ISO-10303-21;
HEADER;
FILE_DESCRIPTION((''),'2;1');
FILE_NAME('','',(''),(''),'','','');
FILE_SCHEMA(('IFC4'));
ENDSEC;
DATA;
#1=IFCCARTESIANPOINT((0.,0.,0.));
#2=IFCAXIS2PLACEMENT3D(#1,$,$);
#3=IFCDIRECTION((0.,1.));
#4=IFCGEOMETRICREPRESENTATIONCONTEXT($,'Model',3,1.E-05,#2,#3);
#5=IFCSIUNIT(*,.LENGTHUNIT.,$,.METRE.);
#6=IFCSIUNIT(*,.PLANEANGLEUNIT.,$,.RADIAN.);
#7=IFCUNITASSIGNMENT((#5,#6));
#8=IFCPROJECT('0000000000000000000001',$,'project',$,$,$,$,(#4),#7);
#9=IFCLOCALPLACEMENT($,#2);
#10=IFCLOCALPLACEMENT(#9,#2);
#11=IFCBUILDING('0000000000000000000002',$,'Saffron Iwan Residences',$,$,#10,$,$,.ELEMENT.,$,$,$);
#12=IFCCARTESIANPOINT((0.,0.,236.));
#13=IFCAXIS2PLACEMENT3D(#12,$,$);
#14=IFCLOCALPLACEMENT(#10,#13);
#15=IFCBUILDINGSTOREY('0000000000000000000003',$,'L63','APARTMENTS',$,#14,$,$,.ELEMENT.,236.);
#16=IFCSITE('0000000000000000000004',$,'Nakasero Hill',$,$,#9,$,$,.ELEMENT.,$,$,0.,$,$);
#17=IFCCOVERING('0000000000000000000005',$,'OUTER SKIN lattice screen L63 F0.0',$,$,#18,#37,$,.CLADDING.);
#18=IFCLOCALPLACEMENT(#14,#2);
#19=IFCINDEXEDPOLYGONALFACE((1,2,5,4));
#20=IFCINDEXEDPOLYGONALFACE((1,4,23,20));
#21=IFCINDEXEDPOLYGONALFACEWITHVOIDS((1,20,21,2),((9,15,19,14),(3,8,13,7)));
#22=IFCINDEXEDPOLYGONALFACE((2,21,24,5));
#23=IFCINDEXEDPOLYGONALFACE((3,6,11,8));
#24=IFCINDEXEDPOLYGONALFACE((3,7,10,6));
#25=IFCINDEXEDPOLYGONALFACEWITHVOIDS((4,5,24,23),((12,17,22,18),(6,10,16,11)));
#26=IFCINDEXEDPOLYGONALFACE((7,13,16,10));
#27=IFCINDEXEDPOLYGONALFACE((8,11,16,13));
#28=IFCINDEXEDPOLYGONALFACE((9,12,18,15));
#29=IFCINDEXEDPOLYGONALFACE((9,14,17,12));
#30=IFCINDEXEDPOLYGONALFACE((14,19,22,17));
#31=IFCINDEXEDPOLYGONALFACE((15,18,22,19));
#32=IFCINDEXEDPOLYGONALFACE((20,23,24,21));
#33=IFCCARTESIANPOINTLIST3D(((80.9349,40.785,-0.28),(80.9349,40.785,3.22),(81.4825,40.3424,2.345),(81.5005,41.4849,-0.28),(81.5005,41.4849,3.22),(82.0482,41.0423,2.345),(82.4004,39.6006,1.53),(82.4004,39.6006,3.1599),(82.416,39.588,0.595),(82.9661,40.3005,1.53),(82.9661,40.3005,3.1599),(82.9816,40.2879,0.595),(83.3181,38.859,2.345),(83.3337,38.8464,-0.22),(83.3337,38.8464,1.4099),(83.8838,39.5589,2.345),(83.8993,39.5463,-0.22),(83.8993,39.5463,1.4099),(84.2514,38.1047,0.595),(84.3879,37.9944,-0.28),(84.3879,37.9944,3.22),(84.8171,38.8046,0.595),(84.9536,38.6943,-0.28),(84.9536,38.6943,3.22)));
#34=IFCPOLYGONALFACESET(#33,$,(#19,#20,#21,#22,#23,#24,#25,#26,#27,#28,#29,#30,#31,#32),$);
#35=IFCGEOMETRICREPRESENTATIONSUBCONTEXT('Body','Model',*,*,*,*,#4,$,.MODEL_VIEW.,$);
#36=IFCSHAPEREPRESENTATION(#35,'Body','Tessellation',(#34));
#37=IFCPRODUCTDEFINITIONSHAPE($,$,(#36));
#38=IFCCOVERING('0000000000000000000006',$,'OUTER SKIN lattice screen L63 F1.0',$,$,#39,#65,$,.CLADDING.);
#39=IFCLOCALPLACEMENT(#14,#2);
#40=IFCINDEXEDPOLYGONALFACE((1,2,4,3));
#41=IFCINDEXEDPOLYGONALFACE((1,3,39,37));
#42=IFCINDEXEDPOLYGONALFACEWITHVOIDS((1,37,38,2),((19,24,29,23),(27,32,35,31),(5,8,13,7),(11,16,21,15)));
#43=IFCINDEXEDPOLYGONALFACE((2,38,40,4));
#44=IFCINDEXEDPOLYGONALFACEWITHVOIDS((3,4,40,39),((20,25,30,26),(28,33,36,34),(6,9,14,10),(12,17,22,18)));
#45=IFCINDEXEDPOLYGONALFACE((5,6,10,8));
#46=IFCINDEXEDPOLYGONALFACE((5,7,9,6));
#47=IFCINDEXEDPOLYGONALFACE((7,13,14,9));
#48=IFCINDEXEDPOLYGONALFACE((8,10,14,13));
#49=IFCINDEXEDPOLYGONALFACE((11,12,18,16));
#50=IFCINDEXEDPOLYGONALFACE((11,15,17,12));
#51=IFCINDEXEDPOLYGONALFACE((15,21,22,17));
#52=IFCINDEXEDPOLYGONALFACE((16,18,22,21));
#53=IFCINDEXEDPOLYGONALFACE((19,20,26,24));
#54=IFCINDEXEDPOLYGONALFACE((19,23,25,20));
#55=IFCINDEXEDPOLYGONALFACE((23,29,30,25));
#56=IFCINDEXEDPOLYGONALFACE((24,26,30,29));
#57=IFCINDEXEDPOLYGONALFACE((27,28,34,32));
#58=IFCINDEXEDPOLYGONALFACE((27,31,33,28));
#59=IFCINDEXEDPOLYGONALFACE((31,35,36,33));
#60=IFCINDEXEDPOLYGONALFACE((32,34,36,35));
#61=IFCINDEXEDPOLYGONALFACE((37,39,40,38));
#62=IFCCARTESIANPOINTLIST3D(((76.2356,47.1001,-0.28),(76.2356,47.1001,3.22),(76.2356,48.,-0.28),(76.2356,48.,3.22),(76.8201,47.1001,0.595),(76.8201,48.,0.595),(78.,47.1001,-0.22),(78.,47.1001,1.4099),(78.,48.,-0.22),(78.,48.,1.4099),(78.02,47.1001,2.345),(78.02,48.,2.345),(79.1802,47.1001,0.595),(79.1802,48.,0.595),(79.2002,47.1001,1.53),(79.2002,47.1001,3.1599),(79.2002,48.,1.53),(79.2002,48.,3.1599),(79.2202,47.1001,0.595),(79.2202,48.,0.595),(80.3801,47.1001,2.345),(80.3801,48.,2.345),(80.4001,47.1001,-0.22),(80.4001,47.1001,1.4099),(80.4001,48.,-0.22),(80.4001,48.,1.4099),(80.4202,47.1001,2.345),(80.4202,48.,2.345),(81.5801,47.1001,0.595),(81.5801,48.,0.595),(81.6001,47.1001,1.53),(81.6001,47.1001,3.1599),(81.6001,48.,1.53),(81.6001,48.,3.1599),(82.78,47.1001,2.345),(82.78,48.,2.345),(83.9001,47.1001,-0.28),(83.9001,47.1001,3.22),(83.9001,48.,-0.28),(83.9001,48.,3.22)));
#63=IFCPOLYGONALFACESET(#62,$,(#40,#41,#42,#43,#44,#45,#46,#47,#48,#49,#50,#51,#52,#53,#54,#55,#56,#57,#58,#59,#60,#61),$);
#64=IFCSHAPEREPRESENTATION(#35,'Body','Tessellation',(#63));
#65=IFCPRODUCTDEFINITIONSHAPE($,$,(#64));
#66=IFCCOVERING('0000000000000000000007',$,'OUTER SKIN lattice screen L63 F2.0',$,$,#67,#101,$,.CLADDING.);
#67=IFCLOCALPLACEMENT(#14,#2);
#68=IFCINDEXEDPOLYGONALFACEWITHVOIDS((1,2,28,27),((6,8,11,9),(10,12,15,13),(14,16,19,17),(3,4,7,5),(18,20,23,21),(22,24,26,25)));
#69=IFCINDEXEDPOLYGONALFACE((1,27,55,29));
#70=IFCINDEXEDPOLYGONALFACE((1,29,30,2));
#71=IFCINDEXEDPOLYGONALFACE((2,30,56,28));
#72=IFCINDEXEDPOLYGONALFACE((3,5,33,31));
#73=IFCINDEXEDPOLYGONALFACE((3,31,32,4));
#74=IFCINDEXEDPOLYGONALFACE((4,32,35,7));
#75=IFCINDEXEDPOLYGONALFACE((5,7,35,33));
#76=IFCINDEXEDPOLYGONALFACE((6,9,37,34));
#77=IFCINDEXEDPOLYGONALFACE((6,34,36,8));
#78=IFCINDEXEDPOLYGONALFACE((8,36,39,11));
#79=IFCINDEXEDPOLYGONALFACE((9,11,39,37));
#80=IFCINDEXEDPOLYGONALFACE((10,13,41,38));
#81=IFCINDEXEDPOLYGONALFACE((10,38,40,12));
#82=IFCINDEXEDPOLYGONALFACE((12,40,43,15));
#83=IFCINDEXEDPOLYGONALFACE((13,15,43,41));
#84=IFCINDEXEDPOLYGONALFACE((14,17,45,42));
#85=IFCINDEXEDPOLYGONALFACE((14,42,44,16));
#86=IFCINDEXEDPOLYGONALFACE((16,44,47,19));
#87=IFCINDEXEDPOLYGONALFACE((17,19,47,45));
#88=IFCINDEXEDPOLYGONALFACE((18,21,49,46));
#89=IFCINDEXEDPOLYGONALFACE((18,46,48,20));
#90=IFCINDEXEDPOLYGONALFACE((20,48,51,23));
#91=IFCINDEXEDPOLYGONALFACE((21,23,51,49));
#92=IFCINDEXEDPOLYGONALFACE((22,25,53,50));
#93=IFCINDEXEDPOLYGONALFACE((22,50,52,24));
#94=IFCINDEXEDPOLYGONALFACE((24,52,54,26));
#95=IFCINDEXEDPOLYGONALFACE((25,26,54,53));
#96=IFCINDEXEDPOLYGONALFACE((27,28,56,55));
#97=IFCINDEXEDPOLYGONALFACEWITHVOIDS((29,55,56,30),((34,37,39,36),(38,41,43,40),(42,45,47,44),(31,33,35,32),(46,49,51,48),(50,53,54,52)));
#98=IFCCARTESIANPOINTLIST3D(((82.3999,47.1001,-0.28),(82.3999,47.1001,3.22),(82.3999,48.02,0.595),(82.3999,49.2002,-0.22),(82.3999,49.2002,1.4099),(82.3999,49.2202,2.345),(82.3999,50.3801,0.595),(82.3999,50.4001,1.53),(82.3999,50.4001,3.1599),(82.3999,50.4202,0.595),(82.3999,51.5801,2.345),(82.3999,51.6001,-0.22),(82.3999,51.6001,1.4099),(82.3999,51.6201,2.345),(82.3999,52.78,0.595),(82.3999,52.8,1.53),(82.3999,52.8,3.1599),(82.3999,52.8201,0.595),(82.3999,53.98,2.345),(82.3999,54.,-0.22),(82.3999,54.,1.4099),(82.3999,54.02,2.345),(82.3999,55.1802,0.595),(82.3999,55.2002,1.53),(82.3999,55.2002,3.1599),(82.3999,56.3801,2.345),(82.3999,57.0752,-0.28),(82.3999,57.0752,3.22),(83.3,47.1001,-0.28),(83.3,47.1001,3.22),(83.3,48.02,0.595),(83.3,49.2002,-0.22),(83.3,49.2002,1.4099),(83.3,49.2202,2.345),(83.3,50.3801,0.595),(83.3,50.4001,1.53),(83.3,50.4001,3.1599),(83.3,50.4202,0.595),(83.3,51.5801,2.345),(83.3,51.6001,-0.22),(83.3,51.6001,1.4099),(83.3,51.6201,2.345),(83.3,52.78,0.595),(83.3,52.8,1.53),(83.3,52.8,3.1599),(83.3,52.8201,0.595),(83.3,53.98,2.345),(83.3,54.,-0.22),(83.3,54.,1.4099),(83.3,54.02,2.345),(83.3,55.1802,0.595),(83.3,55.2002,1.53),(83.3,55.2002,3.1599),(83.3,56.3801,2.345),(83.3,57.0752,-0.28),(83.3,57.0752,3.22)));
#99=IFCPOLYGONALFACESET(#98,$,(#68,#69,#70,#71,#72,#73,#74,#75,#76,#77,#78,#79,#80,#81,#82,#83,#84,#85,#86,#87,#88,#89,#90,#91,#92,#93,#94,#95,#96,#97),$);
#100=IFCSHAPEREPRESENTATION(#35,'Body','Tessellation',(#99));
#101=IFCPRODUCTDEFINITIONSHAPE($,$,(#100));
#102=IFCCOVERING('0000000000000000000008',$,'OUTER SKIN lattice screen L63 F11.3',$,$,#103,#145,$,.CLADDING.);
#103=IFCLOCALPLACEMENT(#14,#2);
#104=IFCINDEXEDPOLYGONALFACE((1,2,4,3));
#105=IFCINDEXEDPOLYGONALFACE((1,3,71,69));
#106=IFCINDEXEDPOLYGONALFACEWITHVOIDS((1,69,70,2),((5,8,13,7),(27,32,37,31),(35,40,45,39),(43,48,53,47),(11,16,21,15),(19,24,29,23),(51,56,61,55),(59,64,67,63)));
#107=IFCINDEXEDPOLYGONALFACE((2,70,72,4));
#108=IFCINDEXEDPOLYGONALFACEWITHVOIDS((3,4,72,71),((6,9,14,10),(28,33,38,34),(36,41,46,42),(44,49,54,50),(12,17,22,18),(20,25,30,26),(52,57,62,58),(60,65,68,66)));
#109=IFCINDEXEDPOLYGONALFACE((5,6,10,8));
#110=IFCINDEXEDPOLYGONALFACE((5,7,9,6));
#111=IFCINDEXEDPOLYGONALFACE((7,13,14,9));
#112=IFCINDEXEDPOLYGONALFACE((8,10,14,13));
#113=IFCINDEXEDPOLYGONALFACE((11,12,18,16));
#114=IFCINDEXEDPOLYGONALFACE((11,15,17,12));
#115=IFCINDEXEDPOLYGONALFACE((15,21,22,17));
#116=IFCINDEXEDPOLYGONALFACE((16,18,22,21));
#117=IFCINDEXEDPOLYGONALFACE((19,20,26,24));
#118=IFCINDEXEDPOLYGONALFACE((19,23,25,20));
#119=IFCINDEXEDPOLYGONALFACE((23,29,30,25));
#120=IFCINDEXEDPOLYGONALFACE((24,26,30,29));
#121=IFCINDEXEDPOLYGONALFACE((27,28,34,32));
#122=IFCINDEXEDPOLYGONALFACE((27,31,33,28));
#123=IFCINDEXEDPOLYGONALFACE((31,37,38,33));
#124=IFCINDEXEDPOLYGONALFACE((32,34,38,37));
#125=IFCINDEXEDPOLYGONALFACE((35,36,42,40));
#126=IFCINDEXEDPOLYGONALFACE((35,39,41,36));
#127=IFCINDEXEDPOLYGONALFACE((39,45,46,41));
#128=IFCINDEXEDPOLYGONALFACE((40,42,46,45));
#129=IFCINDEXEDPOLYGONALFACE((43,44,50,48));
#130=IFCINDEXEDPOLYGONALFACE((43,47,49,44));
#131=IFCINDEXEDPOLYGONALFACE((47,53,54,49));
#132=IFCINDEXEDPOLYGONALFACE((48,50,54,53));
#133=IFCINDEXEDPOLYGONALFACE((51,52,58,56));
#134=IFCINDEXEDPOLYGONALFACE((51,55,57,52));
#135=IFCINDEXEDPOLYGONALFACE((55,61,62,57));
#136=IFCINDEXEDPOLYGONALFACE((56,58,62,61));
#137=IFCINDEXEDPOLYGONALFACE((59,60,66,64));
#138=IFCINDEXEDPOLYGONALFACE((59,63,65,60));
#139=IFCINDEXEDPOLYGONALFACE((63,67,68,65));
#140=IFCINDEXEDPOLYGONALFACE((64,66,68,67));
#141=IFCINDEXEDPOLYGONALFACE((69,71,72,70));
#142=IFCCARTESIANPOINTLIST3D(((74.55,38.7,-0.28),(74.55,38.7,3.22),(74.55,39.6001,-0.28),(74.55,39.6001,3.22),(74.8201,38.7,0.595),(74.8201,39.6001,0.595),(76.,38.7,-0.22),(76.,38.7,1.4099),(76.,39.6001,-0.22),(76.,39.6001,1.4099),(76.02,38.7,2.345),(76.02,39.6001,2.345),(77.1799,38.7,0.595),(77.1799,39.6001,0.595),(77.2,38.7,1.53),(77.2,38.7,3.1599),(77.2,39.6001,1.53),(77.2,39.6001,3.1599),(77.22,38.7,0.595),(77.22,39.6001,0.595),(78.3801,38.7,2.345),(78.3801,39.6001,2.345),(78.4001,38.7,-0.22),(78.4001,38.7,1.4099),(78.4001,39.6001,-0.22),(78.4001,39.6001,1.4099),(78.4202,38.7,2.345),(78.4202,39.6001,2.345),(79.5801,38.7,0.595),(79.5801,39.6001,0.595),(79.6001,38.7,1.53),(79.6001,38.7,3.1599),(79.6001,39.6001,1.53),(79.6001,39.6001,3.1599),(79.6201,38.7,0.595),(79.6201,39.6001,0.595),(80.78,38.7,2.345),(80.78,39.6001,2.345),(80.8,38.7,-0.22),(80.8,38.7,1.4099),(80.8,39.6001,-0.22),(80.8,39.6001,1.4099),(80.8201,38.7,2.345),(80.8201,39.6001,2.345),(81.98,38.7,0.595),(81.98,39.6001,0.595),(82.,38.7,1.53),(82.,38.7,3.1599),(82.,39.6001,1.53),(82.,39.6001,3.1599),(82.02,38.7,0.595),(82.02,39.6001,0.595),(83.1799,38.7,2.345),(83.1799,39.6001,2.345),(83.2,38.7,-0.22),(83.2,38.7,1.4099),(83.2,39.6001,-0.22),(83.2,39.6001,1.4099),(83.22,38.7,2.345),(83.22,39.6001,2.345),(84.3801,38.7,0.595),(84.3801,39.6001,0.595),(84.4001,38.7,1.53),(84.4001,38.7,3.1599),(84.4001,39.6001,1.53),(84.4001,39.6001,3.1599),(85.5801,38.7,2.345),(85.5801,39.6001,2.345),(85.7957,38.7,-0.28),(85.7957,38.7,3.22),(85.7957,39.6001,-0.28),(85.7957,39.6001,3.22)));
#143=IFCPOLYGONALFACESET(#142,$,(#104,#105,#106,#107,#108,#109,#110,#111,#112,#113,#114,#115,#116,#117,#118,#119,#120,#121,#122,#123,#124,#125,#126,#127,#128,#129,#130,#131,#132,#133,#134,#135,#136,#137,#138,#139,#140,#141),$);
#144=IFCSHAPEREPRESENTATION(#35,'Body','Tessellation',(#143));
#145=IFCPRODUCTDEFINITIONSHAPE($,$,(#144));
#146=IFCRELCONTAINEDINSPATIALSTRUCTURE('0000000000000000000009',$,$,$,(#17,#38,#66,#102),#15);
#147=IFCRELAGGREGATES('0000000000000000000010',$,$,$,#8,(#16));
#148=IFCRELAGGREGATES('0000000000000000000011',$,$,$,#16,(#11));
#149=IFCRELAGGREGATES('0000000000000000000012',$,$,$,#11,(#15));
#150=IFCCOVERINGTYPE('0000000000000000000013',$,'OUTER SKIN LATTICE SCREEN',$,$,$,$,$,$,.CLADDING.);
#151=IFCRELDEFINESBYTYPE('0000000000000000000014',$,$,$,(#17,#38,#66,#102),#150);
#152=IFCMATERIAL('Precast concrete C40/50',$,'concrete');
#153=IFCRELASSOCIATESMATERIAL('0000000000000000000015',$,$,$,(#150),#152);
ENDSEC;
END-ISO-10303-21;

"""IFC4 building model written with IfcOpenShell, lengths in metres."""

from ifc_helpers import new_model, si_unit, direction, frame, origin, place, context, subcontext, project, spatial, polyline, outline, extrude, material, type_object, element, save


model = new_model("IFC4")

# Units and contexts
model_context = context("Model", 3, precision=1e-05, world=origin(), true_north=direction((0.0, 1.0)))
body_context = subcontext(model_context, "Body", "Model", "MODEL_VIEW")
ifc_project = project(units=[si_unit("LENGTHUNIT", "METRE"), si_unit("PLANEANGLEUNIT", "RADIAN")], contexts=[model_context])

# Site, building, storey
site_placement = place(None, origin())
site = spatial("IfcSite", under=ifc_project, at=site_placement, Name="Nakasero Hill", CompositionType="ELEMENT", RefElevation=0.0)
building_placement = place(site_placement, origin())
building = spatial("IfcBuilding", under=site, at=building_placement, Name="Saffron Iwan Residences", CompositionType="ELEMENT")
storey_placement = place(building_placement, frame((0.0, 0.0, 236.0)))
storey = spatial("IfcBuildingStorey", under=building, at=storey_placement, Name="L63", Description="APARTMENTS", CompositionType="ELEMENT", Elevation=236.0)

# Coverings
ifc_material_1 = material(Name="Precast concrete C40/50", Category="concrete")
covering_type = type_object("IfcCoveringType", Name="OUTER SKIN LATTICE SCREEN", PredefinedType="CLADDING", material=ifc_material_1)
covering_1_placement = place(storey_placement, frame((84.3879, 37.9944, -0.28), z_axis=(0.628558, 0.777763, 0.0), x_axis=(-0.777763, 0.628558, 0.0)))
element("IfcCovering", 1, at=covering_1_placement, inside=storey, type_object=covering_type, Name="OUTER SKIN lattice screen L63 F0.0", PredefinedType="CLADDING", context=body_context, shape_type="SweptSolid", body=[
    extrude(outline(polyline([(0.0, 0.0), (4.4397, 0.0), (4.4397, 3.5), (0.0, 3.5), (0.0, 0.0)]), holes=[polyline([(0.1755, 0.875), (1.3555, 0.0601), (2.5354, 0.875), (1.3555, 1.6899), (0.1755, 0.875)]), polyline([(1.3755, 2.625), (2.5554, 1.8101), (3.7356, 2.625), (2.5554, 3.4399), (1.3755, 2.625)])]), origin(), (0.0, 0.0, 1.0), 0.8999),
])
covering_2_placement = place(storey_placement, frame((76.2356, 48.0, -0.28), z_axis=(0.0, -1.0, 0.0), x_axis=(1.0, 0.0, 0.0)))
element("IfcCovering", 2, at=covering_2_placement, inside=storey, type_object=covering_type, Name="OUTER SKIN lattice screen L63 F1.0", PredefinedType="CLADDING", context=body_context, shape_type="SweptSolid", body=[
    extrude(outline(polyline([(0.0, 0.0), (7.6646, 0.0), (7.6646, 3.5), (0.0, 3.5), (0.0, 0.0)]), holes=[polyline([(0.5845, 0.875), (1.7644, 0.0601), (2.9446, 0.875), (1.7644, 1.6899), (0.5845, 0.875)]), polyline([(2.9846, 0.875), (4.1646, 0.0601), (5.3445, 0.875), (4.1646, 1.6899), (2.9846, 0.875)]), polyline([(1.7844, 2.625), (2.9646, 1.8101), (4.1445, 2.625), (2.9646, 3.4399), (1.7844, 2.625)]), polyline([(4.1846, 2.625), (5.3645, 1.8101), (6.5444, 2.625), (5.3645, 3.4399), (4.1846, 2.625)])]), origin(), (0.0, 0.0, 1.0), 0.8999),
])
covering_3_placement = place(storey_placement, frame((82.3999, 47.1001, -0.28), z_axis=(1.0, 0.0, 0.0), x_axis=(0.0, 1.0, 0.0)))
element("IfcCovering", 3, at=covering_3_placement, inside=storey, type_object=covering_type, Name="OUTER SKIN lattice screen L63 F2.0", PredefinedType="CLADDING", context=body_context, shape_type="SweptSolid", body=[
    extrude(outline(polyline([(0.0, 0.0), (9.9751, 0.0), (9.9751, 3.5), (0.0, 3.5), (0.0, 0.0)]), holes=[polyline([(0.9199, 0.875), (2.1001, 0.0601), (3.28, 0.875), (2.1001, 1.6899), (0.9199, 0.875)]), polyline([(3.3201, 0.875), (4.5, 0.0601), (5.6799, 0.875), (4.5, 1.6899), (3.3201, 0.875)]), polyline([(5.72, 0.875), (6.8999, 0.0601), (8.0801, 0.875), (6.8999, 1.6899), (5.72, 0.875)]), polyline([(2.1201, 2.625), (3.3, 1.8101), (4.48, 2.625), (3.3, 3.4399), (2.1201, 2.625)]), polyline([(4.52, 2.625), (5.7, 1.8101), (6.8799, 2.625), (5.7, 3.4399), (4.52, 2.625)]), polyline([(6.9199, 2.625), (8.1001, 1.8101), (9.28, 2.625), (8.1001, 3.4399), (6.9199, 2.625)])]), origin(), (0.0, 0.0, 1.0), 0.9001),
])
covering_4_placement = place(storey_placement, frame((74.55, 39.6001, -0.28), z_axis=(0.0, -1.0, 0.0), x_axis=(1.0, 0.0, 0.0)))
element("IfcCovering", 4, at=covering_4_placement, inside=storey, type_object=covering_type, Name="OUTER SKIN lattice screen L63 F11.3", PredefinedType="CLADDING", context=body_context, shape_type="SweptSolid", body=[
    extrude(outline(polyline([(0.0, 0.0), (11.2456, 0.0), (11.2456, 3.5), (0.0, 3.5), (0.0, 0.0)]), holes=[polyline([(0.27, 0.875), (1.45, 0.0601), (2.6299, 0.875), (1.45, 1.6899), (0.27, 0.875)]), polyline([(2.6699, 0.875), (3.8501, 0.0601), (5.03, 0.875), (3.8501, 1.6899), (2.6699, 0.875)]), polyline([(5.0701, 0.875), (6.25, 0.0601), (7.4299, 0.875), (6.25, 1.6899), (5.0701, 0.875)]), polyline([(7.47, 0.875), (8.6499, 0.0601), (9.8301, 0.875), (8.6499, 1.6899), (7.47, 0.875)]), polyline([(1.47, 2.625), (2.6499, 1.8101), (3.8301, 2.625), (2.6499, 3.4399), (1.47, 2.625)]), polyline([(3.8701, 2.625), (5.05, 1.8101), (6.23, 2.625), (5.05, 3.4399), (3.8701, 2.625)]), polyline([(6.27, 2.625), (7.45, 1.8101), (8.6299, 2.625), (7.45, 3.4399), (6.27, 2.625)]), polyline([(8.6699, 2.625), (9.8501, 1.8101), (11.03, 2.625), (9.8501, 3.4399), (8.6699, 2.625)])]), origin(), (0.0, 0.0, 1.0), 0.9001),
])

save(model, "model.ifc")
